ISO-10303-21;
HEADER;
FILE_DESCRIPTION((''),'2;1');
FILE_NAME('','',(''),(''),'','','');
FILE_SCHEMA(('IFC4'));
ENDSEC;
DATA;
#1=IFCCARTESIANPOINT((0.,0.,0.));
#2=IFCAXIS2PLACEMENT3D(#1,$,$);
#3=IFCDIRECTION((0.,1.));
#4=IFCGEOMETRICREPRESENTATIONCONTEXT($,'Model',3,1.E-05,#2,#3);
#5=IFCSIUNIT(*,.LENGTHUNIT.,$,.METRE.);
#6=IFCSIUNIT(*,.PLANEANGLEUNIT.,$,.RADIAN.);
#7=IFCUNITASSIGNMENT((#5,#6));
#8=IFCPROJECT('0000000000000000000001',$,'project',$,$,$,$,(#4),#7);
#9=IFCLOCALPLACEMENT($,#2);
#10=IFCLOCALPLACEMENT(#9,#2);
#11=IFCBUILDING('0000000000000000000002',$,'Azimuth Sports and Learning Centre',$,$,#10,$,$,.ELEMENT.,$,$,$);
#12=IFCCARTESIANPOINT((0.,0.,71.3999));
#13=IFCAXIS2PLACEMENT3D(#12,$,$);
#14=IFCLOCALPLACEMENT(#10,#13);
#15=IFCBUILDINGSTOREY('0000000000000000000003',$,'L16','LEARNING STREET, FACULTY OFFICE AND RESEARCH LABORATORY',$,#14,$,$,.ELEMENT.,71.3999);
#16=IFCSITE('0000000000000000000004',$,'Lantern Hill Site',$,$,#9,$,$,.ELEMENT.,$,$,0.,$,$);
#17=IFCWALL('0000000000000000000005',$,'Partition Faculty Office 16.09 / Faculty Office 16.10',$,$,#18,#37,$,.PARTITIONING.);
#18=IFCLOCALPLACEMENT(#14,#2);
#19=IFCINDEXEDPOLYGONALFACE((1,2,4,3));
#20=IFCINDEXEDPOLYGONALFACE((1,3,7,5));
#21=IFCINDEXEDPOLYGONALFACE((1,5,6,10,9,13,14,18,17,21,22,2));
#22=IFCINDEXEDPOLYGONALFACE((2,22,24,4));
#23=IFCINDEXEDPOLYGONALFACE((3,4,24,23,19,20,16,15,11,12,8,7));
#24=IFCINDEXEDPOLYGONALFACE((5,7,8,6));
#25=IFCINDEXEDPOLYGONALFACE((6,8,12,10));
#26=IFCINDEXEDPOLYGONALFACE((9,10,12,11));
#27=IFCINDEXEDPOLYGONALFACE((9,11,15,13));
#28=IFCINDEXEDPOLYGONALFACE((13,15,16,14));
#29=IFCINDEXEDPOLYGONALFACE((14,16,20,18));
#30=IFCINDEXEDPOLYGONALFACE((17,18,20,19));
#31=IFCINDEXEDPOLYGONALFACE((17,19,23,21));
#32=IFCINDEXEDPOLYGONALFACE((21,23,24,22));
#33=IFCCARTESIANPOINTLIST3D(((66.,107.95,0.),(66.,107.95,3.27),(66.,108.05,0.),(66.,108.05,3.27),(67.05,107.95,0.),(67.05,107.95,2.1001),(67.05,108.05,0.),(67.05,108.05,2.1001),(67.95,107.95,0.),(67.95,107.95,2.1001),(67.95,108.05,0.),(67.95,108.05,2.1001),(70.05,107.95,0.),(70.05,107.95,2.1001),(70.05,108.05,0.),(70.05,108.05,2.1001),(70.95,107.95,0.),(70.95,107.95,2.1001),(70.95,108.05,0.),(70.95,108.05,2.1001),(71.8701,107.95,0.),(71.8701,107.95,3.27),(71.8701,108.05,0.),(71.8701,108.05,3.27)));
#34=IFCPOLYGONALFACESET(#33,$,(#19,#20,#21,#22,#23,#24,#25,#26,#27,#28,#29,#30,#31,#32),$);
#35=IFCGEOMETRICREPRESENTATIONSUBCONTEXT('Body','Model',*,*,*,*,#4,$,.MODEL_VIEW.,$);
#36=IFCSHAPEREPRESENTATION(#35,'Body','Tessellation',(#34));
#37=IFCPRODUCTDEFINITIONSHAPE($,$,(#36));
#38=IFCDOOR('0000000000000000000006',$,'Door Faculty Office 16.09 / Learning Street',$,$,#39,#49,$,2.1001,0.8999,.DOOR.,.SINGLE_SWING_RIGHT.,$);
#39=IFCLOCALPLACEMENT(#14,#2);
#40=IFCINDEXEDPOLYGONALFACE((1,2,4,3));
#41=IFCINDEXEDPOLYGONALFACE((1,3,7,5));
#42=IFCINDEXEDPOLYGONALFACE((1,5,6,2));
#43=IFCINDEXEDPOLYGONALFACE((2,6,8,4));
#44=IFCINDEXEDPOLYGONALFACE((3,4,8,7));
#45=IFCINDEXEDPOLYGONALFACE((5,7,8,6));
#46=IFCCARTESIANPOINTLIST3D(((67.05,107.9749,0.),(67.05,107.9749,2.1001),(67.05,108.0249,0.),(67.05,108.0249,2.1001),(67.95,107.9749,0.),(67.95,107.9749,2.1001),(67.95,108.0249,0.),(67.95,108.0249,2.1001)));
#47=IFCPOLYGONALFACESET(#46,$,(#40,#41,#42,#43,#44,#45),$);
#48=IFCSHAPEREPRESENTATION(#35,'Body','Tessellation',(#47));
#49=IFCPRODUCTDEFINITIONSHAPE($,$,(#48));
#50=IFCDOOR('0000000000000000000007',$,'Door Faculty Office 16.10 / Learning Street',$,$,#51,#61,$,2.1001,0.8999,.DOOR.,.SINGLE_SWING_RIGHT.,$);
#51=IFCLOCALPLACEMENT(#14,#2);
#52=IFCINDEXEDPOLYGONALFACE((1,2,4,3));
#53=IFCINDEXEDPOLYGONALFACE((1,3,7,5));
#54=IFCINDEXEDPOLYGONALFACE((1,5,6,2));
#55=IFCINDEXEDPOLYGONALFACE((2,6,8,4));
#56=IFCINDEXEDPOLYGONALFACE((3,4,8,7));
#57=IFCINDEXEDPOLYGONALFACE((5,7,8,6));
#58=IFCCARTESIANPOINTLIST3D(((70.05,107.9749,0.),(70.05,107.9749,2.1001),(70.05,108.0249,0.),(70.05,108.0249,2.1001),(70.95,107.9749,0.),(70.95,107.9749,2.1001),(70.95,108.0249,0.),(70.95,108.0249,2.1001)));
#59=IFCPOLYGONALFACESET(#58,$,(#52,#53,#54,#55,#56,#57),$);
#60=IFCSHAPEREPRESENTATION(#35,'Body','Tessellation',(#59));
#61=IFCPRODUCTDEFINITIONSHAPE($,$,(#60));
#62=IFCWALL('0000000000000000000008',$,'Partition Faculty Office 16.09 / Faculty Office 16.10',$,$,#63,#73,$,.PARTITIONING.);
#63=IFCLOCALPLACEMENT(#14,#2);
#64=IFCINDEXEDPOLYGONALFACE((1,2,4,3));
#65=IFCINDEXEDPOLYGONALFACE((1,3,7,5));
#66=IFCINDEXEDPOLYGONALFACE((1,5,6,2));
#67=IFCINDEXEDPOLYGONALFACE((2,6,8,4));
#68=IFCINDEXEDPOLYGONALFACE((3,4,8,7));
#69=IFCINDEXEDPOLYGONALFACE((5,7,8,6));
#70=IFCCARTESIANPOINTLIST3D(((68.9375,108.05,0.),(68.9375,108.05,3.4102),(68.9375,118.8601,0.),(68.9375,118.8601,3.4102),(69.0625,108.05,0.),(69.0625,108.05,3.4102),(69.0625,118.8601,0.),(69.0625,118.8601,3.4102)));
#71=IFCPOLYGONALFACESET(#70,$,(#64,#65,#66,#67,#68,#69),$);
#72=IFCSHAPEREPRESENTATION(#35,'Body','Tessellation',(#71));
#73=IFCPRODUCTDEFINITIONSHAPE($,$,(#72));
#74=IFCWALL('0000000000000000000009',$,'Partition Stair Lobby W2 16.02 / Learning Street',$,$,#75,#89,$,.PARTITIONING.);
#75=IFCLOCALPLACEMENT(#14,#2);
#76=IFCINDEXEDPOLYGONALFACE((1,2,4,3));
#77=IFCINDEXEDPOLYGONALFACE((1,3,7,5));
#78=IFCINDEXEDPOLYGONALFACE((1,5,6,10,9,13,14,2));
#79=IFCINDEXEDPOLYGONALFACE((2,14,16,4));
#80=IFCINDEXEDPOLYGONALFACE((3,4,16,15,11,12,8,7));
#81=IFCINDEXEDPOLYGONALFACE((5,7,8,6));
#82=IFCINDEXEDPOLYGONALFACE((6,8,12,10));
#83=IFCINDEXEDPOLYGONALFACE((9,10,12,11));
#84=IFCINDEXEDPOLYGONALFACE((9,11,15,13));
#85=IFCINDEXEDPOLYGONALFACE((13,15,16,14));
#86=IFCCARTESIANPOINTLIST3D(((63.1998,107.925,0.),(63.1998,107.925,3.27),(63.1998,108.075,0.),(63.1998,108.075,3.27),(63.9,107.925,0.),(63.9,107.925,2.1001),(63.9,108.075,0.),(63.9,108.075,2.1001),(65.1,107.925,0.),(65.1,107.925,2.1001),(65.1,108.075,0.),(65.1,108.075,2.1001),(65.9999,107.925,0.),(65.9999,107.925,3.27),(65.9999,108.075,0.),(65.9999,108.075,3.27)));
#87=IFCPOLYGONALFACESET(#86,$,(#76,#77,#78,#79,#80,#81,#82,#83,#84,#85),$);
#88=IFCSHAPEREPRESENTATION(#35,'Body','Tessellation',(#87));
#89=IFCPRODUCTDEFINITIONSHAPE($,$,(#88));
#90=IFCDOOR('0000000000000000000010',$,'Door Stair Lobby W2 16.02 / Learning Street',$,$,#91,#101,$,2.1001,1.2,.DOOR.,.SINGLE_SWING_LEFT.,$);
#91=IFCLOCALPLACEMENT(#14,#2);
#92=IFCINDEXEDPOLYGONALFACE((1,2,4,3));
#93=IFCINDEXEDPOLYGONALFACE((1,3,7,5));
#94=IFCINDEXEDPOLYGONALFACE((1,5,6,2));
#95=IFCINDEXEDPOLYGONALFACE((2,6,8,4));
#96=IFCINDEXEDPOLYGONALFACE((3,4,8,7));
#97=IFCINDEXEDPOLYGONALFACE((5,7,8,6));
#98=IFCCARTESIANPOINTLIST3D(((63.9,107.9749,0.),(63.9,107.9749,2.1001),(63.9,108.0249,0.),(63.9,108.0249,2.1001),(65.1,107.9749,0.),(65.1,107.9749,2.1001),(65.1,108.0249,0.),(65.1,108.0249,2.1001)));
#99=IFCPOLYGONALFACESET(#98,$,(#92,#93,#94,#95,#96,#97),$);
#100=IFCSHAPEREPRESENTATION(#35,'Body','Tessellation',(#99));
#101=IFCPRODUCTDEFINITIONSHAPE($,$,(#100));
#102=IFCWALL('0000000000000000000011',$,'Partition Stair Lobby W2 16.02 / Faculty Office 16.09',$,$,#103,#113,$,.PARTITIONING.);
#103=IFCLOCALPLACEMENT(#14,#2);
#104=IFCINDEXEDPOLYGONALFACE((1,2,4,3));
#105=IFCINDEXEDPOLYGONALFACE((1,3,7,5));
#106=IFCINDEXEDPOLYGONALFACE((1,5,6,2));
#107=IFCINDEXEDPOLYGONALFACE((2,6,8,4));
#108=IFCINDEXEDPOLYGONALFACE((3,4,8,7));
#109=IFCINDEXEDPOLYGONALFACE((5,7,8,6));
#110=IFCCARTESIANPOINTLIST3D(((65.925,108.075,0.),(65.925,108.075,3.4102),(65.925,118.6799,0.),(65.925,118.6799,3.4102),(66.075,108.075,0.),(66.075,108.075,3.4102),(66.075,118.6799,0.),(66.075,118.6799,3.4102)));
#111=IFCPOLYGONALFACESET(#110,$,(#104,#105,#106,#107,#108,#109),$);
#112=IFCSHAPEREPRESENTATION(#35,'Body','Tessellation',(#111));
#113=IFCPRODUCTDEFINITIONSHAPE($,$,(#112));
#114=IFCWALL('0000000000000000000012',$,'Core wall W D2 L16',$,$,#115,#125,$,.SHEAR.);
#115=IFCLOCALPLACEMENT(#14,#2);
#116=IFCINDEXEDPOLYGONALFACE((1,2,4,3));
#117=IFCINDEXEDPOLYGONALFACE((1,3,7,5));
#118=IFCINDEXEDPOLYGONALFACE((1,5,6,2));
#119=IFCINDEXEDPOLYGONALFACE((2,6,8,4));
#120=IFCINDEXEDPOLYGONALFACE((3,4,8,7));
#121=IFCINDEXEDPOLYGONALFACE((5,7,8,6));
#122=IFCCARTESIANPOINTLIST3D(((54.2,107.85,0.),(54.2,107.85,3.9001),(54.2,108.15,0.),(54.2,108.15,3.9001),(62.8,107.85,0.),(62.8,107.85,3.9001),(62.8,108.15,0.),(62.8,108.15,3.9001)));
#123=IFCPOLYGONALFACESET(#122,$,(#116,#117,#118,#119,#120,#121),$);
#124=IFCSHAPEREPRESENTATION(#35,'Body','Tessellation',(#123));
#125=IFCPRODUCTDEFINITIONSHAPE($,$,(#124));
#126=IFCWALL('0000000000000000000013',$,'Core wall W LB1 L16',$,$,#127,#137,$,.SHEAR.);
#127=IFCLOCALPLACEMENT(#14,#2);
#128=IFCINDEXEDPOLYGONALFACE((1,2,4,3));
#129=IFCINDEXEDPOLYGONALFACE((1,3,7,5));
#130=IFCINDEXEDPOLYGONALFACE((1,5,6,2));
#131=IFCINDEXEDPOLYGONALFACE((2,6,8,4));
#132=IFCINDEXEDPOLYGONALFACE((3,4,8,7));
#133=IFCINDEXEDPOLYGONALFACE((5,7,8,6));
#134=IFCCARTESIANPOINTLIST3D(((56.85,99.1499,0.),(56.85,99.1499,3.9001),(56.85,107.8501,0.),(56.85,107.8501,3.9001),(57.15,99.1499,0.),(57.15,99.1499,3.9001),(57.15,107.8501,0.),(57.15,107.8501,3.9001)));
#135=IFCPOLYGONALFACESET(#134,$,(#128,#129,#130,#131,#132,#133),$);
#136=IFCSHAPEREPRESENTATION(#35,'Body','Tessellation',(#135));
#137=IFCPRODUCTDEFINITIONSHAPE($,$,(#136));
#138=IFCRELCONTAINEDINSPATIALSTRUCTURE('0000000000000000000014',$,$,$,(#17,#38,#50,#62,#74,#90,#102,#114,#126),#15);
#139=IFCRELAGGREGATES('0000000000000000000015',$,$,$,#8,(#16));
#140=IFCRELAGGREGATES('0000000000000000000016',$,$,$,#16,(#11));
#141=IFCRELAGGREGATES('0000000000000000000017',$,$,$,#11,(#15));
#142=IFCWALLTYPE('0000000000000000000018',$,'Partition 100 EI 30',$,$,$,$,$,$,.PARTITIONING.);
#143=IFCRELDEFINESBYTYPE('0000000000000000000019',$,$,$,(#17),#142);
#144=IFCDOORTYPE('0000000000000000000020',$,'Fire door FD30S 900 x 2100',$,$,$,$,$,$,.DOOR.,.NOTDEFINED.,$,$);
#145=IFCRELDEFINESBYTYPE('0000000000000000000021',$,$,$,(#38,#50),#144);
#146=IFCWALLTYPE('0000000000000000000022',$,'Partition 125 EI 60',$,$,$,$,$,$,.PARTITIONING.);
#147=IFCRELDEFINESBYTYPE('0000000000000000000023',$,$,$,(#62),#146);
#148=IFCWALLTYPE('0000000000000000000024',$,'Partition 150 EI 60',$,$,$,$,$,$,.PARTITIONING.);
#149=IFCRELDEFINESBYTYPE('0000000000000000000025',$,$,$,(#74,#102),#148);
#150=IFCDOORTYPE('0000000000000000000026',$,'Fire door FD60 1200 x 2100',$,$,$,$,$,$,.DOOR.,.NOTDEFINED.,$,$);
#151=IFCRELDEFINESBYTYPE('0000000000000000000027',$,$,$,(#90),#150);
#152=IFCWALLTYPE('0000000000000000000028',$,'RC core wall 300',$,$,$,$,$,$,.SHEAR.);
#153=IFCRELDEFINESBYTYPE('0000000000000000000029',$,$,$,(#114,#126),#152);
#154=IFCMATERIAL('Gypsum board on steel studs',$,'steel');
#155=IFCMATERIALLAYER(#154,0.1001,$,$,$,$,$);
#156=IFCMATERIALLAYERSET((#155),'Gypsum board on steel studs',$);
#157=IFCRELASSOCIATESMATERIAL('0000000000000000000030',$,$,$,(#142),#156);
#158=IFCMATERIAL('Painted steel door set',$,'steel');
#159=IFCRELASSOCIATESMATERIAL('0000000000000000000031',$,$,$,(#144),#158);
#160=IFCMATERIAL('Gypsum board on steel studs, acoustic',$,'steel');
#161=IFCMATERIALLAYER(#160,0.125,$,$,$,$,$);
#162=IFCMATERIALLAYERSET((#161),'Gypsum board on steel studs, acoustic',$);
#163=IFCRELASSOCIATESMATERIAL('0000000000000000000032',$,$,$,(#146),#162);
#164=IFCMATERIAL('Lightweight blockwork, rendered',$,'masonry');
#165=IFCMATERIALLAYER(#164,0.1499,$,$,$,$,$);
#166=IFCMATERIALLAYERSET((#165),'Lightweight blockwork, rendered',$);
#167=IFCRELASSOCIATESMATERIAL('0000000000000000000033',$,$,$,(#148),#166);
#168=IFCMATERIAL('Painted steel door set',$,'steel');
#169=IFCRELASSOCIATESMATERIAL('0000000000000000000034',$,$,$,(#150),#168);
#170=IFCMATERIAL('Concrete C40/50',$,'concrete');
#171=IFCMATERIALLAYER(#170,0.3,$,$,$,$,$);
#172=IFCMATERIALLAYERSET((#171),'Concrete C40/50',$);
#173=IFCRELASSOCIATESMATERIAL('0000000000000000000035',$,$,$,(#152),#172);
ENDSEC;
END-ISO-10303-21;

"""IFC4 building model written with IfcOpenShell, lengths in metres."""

from ifc_helpers import new_model, si_unit, direction, frame, frame_2d, origin, place, context, subcontext, project, spatial, rectangle, extrude, material, layer, layer_set, type_object, element, fill, save


model = new_model("IFC4")

# Units and contexts
model_context = context("Model", 3, precision=1e-05, world=origin(), true_north=direction((0.0, 1.0)))
body_context = subcontext(model_context, "Body", "Model", "MODEL_VIEW")
ifc_project = project(units=[si_unit("LENGTHUNIT", "METRE"), si_unit("PLANEANGLEUNIT", "RADIAN")], contexts=[model_context])

# Site, building, storey
site_placement = place(None, origin())
site = spatial("IfcSite", under=ifc_project, at=site_placement, Name="Lantern Hill Site", CompositionType="ELEMENT", RefElevation=0.0)
building_placement = place(site_placement, origin())
building = spatial("IfcBuilding", under=site, at=building_placement, Name="Azimuth Sports and Learning Centre", CompositionType="ELEMENT")
storey_placement = place(building_placement, frame((0.0, 0.0, 71.3999)))
storey = spatial("IfcBuildingStorey", under=building, at=storey_placement, Name="L16", Description="LEARNING STREET, FACULTY OFFICE AND RESEARCH LABORATORY", CompositionType="ELEMENT", Elevation=71.3999)

# Wall, openings, doors
ifc_material_1 = material(Name="Gypsum board on steel studs", Category="steel")
ifc_layer_1 = layer(ifc_material_1, 0.1001)
ifc_layer_set_1 = layer_set([ifc_layer_1], Name="Gypsum board on steel studs")
wall_type_1 = type_object("IfcWallType", Name="Partition 100 EI 30", PredefinedType="PARTITIONING", material=ifc_layer_set_1)
wall_1_placement = place(storey_placement, frame((66.0, 108.0, 0.0), z_axis=(0.0, 0.0, 1.0), x_axis=(1.0, 0.0, 0.0)))
wall_1 = element("IfcWall", 1, at=wall_1_placement, inside=storey, type_object=wall_type_1, Name="Partition Faculty Office 16.09 / Faculty Office 16.10", PredefinedType="PARTITIONING", context=body_context, shape_type="SweptSolid", body=[
    extrude(rectangle(XDim=5.8701, YDim=0.1001, at=frame_2d((2.9351, 0.0))), origin(), (0.0, 0.0, 1.0), 3.27),
])
opening_1_placement = place(wall_1_placement, frame((1.05, 0.0, 0.0)))
opening_1 = element("IfcOpeningElement", 2, at=opening_1_placement, cuts=wall_1, PredefinedType="OPENING", context=body_context, shape_type="SweptSolid", body=[
    extrude(rectangle(XDim=0.8999, YDim=2.1001, at=frame_2d((0.45, 1.05))), frame((0.0, 0.061, 0.0), z_axis=(0.0, -1.0, 0.0), x_axis=(1.0, 0.0, 0.0)), (0.0, 0.0, 1.0), 0.1221),
])
opening_2_placement = place(wall_1_placement, frame((4.05, 0.0, 0.0)))
opening_2 = element("IfcOpeningElement", 3, at=opening_2_placement, cuts=wall_1, PredefinedType="OPENING", context=body_context, shape_type="SweptSolid", body=[
    extrude(rectangle(XDim=0.8999, YDim=2.1001, at=frame_2d((0.45, 1.05))), frame((0.0, 0.061, 0.0), z_axis=(0.0, -1.0, 0.0), x_axis=(1.0, 0.0, 0.0)), (0.0, 0.0, 1.0), 0.1221),
])
ifc_material_2 = material(Name="Painted steel door set", Category="steel")
door_type_1 = type_object("IfcDoorType", Name="Fire door FD30S 900 x 2100", OperationType="NOTDEFINED", PredefinedType="DOOR", material=ifc_material_2)
door_1_placement = place(opening_1_placement, origin())
door_1 = element("IfcDoor", 4, at=door_1_placement, inside=storey, type_object=door_type_1, Name="Door Faculty Office 16.09 / Learning Street", OperationType="SINGLE_SWING_RIGHT", OverallHeight=2.1001, OverallWidth=0.8999, PredefinedType="DOOR", context=body_context, shape_type="SweptSolid", body=[
    extrude(rectangle(XDim=0.8999, YDim=2.1001, at=frame_2d((0.45, 1.05))), frame((0.0, 0.0249, 0.0), z_axis=(0.0, -1.0, 0.0), x_axis=(1.0, 0.0, 0.0)), (0.0, 0.0, 1.0), 0.05),
])
fill(opening_1, door_1)
door_2_placement = place(opening_2_placement, origin())
door_2 = element("IfcDoor", 5, at=door_2_placement, inside=storey, type_object=door_type_1, Name="Door Faculty Office 16.10 / Learning Street", OperationType="SINGLE_SWING_RIGHT", OverallHeight=2.1001, OverallWidth=0.8999, PredefinedType="DOOR", context=body_context, shape_type="SweptSolid", body=[
    extrude(rectangle(XDim=0.8999, YDim=2.1001, at=frame_2d((0.45, 1.05))), frame((0.0, 0.0249, 0.0), z_axis=(0.0, -1.0, 0.0), x_axis=(1.0, 0.0, 0.0)), (0.0, 0.0, 1.0), 0.05),
])
fill(opening_2, door_2)

# Wall
ifc_material_3 = material(Name="Gypsum board on steel studs, acoustic", Category="steel")
ifc_layer_2 = layer(ifc_material_3, 0.125)
ifc_layer_set_2 = layer_set([ifc_layer_2], Name="Gypsum board on steel studs, acoustic")
wall_type_2 = type_object("IfcWallType", Name="Partition 125 EI 60", PredefinedType="PARTITIONING", material=ifc_layer_set_2)
wall_2_placement = place(storey_placement, frame((69.0, 108.05, 0.0), z_axis=(0.0, 0.0, 1.0), x_axis=(0.0, 1.0, 0.0)))
element("IfcWall", 6, at=wall_2_placement, inside=storey, type_object=wall_type_2, Name="Partition Faculty Office 16.09 / Faculty Office 16.10", PredefinedType="PARTITIONING", context=body_context, shape_type="SweptSolid", body=[
    extrude(rectangle(XDim=10.8101, YDim=0.125, at=frame_2d((5.405, 0.0))), origin(), (0.0, 0.0, 1.0), 3.4102),
])

# Wall, opening, door
ifc_material_4 = material(Name="Lightweight blockwork, rendered", Category="masonry")
ifc_layer_3 = layer(ifc_material_4, 0.1499)
ifc_layer_set_3 = layer_set([ifc_layer_3], Name="Lightweight blockwork, rendered")
wall_type_3 = type_object("IfcWallType", Name="Partition 150 EI 60", PredefinedType="PARTITIONING", material=ifc_layer_set_3)
wall_3_placement = place(storey_placement, frame((63.2, 108.0, 0.0), z_axis=(0.0, 0.0, 1.0), x_axis=(1.0, 0.0, 0.0)))
wall_3 = element("IfcWall", 7, at=wall_3_placement, inside=storey, type_object=wall_type_3, Name="Partition Stair Lobby W2 16.02 / Learning Street", PredefinedType="PARTITIONING", context=body_context, shape_type="SweptSolid", body=[
    extrude(rectangle(XDim=2.8, YDim=0.1499, at=frame_2d((1.3999, 0.0))), origin(), (0.0, 0.0, 1.0), 3.27),
])
opening_3_placement = place(wall_3_placement, frame((0.7, 0.0, 0.0)))
opening_3 = element("IfcOpeningElement", 8, at=opening_3_placement, cuts=wall_3, PredefinedType="OPENING", context=body_context, shape_type="SweptSolid", body=[
    extrude(rectangle(XDim=1.2, YDim=2.1001, at=frame_2d((0.6001, 1.05))), frame((0.0, 0.0859, 0.0), z_axis=(0.0, -1.0, 0.0), x_axis=(1.0, 0.0, 0.0)), (0.0, 0.0, 1.0), 0.1719),
])
ifc_material_5 = material(Name="Painted steel door set", Category="steel")
door_type_2 = type_object("IfcDoorType", Name="Fire door FD60 1200 x 2100", OperationType="NOTDEFINED", PredefinedType="DOOR", material=ifc_material_5)
door_3_placement = place(opening_3_placement, origin())
door_3 = element("IfcDoor", 9, at=door_3_placement, inside=storey, type_object=door_type_2, Name="Door Stair Lobby W2 16.02 / Learning Street", OperationType="SINGLE_SWING_LEFT", OverallHeight=2.1001, OverallWidth=1.2, PredefinedType="DOOR", context=body_context, shape_type="SweptSolid", body=[
    extrude(rectangle(XDim=1.2, YDim=2.1001, at=frame_2d((0.6001, 1.05))), frame((0.0, 0.0249, 0.0), z_axis=(0.0, -1.0, 0.0), x_axis=(1.0, 0.0, 0.0)), (0.0, 0.0, 1.0), 0.05),
])
fill(opening_3, door_3)

# Walls
wall_4_placement = place(storey_placement, frame((66.0, 108.075, 0.0), z_axis=(0.0, 0.0, 1.0), x_axis=(0.0, 1.0, 0.0)))
element("IfcWall", 10, at=wall_4_placement, inside=storey, type_object=wall_type_3, Name="Partition Stair Lobby W2 16.02 / Faculty Office 16.09", PredefinedType="PARTITIONING", context=body_context, shape_type="SweptSolid", body=[
    extrude(rectangle(XDim=10.605, YDim=0.1499, at=frame_2d((5.3025, 0.0))), origin(), (0.0, 0.0, 1.0), 3.4102),
])
ifc_material_6 = material(Name="Concrete C40/50", Category="concrete")
ifc_layer_4 = layer(ifc_material_6, 0.3)
ifc_layer_set_4 = layer_set([ifc_layer_4], Name="Concrete C40/50")
wall_type_4 = type_object("IfcWallType", Name="RC core wall 300", PredefinedType="SHEAR", material=ifc_layer_set_4)
wall_5_placement = place(storey_placement, frame((54.2, 108.0, 0.0), z_axis=(0.0, 0.0, 1.0), x_axis=(1.0, 0.0, 0.0)))
element("IfcWall", 11, at=wall_5_placement, inside=storey, type_object=wall_type_4, Name="Core wall W D2 L16", PredefinedType="SHEAR", context=body_context, shape_type="SweptSolid", body=[
    extrude(rectangle(XDim=8.6001, YDim=0.3, at=frame_2d((4.3, 0.0))), origin(), (0.0, 0.0, 1.0), 3.9001),
])
wall_6_placement = place(storey_placement, frame((57.0, 99.1499, 0.0), z_axis=(0.0, 0.0, 1.0), x_axis=(0.0, 1.0, 0.0)))
element("IfcWall", 12, at=wall_6_placement, inside=storey, type_object=wall_type_4, Name="Core wall W LB1 L16", PredefinedType="SHEAR", context=body_context, shape_type="SweptSolid", body=[
    extrude(rectangle(XDim=8.7002, YDim=0.3, at=frame_2d((4.3501, 0.0))), origin(), (0.0, 0.0, 1.0), 3.9001),
])

save(model, "model.ifc")
